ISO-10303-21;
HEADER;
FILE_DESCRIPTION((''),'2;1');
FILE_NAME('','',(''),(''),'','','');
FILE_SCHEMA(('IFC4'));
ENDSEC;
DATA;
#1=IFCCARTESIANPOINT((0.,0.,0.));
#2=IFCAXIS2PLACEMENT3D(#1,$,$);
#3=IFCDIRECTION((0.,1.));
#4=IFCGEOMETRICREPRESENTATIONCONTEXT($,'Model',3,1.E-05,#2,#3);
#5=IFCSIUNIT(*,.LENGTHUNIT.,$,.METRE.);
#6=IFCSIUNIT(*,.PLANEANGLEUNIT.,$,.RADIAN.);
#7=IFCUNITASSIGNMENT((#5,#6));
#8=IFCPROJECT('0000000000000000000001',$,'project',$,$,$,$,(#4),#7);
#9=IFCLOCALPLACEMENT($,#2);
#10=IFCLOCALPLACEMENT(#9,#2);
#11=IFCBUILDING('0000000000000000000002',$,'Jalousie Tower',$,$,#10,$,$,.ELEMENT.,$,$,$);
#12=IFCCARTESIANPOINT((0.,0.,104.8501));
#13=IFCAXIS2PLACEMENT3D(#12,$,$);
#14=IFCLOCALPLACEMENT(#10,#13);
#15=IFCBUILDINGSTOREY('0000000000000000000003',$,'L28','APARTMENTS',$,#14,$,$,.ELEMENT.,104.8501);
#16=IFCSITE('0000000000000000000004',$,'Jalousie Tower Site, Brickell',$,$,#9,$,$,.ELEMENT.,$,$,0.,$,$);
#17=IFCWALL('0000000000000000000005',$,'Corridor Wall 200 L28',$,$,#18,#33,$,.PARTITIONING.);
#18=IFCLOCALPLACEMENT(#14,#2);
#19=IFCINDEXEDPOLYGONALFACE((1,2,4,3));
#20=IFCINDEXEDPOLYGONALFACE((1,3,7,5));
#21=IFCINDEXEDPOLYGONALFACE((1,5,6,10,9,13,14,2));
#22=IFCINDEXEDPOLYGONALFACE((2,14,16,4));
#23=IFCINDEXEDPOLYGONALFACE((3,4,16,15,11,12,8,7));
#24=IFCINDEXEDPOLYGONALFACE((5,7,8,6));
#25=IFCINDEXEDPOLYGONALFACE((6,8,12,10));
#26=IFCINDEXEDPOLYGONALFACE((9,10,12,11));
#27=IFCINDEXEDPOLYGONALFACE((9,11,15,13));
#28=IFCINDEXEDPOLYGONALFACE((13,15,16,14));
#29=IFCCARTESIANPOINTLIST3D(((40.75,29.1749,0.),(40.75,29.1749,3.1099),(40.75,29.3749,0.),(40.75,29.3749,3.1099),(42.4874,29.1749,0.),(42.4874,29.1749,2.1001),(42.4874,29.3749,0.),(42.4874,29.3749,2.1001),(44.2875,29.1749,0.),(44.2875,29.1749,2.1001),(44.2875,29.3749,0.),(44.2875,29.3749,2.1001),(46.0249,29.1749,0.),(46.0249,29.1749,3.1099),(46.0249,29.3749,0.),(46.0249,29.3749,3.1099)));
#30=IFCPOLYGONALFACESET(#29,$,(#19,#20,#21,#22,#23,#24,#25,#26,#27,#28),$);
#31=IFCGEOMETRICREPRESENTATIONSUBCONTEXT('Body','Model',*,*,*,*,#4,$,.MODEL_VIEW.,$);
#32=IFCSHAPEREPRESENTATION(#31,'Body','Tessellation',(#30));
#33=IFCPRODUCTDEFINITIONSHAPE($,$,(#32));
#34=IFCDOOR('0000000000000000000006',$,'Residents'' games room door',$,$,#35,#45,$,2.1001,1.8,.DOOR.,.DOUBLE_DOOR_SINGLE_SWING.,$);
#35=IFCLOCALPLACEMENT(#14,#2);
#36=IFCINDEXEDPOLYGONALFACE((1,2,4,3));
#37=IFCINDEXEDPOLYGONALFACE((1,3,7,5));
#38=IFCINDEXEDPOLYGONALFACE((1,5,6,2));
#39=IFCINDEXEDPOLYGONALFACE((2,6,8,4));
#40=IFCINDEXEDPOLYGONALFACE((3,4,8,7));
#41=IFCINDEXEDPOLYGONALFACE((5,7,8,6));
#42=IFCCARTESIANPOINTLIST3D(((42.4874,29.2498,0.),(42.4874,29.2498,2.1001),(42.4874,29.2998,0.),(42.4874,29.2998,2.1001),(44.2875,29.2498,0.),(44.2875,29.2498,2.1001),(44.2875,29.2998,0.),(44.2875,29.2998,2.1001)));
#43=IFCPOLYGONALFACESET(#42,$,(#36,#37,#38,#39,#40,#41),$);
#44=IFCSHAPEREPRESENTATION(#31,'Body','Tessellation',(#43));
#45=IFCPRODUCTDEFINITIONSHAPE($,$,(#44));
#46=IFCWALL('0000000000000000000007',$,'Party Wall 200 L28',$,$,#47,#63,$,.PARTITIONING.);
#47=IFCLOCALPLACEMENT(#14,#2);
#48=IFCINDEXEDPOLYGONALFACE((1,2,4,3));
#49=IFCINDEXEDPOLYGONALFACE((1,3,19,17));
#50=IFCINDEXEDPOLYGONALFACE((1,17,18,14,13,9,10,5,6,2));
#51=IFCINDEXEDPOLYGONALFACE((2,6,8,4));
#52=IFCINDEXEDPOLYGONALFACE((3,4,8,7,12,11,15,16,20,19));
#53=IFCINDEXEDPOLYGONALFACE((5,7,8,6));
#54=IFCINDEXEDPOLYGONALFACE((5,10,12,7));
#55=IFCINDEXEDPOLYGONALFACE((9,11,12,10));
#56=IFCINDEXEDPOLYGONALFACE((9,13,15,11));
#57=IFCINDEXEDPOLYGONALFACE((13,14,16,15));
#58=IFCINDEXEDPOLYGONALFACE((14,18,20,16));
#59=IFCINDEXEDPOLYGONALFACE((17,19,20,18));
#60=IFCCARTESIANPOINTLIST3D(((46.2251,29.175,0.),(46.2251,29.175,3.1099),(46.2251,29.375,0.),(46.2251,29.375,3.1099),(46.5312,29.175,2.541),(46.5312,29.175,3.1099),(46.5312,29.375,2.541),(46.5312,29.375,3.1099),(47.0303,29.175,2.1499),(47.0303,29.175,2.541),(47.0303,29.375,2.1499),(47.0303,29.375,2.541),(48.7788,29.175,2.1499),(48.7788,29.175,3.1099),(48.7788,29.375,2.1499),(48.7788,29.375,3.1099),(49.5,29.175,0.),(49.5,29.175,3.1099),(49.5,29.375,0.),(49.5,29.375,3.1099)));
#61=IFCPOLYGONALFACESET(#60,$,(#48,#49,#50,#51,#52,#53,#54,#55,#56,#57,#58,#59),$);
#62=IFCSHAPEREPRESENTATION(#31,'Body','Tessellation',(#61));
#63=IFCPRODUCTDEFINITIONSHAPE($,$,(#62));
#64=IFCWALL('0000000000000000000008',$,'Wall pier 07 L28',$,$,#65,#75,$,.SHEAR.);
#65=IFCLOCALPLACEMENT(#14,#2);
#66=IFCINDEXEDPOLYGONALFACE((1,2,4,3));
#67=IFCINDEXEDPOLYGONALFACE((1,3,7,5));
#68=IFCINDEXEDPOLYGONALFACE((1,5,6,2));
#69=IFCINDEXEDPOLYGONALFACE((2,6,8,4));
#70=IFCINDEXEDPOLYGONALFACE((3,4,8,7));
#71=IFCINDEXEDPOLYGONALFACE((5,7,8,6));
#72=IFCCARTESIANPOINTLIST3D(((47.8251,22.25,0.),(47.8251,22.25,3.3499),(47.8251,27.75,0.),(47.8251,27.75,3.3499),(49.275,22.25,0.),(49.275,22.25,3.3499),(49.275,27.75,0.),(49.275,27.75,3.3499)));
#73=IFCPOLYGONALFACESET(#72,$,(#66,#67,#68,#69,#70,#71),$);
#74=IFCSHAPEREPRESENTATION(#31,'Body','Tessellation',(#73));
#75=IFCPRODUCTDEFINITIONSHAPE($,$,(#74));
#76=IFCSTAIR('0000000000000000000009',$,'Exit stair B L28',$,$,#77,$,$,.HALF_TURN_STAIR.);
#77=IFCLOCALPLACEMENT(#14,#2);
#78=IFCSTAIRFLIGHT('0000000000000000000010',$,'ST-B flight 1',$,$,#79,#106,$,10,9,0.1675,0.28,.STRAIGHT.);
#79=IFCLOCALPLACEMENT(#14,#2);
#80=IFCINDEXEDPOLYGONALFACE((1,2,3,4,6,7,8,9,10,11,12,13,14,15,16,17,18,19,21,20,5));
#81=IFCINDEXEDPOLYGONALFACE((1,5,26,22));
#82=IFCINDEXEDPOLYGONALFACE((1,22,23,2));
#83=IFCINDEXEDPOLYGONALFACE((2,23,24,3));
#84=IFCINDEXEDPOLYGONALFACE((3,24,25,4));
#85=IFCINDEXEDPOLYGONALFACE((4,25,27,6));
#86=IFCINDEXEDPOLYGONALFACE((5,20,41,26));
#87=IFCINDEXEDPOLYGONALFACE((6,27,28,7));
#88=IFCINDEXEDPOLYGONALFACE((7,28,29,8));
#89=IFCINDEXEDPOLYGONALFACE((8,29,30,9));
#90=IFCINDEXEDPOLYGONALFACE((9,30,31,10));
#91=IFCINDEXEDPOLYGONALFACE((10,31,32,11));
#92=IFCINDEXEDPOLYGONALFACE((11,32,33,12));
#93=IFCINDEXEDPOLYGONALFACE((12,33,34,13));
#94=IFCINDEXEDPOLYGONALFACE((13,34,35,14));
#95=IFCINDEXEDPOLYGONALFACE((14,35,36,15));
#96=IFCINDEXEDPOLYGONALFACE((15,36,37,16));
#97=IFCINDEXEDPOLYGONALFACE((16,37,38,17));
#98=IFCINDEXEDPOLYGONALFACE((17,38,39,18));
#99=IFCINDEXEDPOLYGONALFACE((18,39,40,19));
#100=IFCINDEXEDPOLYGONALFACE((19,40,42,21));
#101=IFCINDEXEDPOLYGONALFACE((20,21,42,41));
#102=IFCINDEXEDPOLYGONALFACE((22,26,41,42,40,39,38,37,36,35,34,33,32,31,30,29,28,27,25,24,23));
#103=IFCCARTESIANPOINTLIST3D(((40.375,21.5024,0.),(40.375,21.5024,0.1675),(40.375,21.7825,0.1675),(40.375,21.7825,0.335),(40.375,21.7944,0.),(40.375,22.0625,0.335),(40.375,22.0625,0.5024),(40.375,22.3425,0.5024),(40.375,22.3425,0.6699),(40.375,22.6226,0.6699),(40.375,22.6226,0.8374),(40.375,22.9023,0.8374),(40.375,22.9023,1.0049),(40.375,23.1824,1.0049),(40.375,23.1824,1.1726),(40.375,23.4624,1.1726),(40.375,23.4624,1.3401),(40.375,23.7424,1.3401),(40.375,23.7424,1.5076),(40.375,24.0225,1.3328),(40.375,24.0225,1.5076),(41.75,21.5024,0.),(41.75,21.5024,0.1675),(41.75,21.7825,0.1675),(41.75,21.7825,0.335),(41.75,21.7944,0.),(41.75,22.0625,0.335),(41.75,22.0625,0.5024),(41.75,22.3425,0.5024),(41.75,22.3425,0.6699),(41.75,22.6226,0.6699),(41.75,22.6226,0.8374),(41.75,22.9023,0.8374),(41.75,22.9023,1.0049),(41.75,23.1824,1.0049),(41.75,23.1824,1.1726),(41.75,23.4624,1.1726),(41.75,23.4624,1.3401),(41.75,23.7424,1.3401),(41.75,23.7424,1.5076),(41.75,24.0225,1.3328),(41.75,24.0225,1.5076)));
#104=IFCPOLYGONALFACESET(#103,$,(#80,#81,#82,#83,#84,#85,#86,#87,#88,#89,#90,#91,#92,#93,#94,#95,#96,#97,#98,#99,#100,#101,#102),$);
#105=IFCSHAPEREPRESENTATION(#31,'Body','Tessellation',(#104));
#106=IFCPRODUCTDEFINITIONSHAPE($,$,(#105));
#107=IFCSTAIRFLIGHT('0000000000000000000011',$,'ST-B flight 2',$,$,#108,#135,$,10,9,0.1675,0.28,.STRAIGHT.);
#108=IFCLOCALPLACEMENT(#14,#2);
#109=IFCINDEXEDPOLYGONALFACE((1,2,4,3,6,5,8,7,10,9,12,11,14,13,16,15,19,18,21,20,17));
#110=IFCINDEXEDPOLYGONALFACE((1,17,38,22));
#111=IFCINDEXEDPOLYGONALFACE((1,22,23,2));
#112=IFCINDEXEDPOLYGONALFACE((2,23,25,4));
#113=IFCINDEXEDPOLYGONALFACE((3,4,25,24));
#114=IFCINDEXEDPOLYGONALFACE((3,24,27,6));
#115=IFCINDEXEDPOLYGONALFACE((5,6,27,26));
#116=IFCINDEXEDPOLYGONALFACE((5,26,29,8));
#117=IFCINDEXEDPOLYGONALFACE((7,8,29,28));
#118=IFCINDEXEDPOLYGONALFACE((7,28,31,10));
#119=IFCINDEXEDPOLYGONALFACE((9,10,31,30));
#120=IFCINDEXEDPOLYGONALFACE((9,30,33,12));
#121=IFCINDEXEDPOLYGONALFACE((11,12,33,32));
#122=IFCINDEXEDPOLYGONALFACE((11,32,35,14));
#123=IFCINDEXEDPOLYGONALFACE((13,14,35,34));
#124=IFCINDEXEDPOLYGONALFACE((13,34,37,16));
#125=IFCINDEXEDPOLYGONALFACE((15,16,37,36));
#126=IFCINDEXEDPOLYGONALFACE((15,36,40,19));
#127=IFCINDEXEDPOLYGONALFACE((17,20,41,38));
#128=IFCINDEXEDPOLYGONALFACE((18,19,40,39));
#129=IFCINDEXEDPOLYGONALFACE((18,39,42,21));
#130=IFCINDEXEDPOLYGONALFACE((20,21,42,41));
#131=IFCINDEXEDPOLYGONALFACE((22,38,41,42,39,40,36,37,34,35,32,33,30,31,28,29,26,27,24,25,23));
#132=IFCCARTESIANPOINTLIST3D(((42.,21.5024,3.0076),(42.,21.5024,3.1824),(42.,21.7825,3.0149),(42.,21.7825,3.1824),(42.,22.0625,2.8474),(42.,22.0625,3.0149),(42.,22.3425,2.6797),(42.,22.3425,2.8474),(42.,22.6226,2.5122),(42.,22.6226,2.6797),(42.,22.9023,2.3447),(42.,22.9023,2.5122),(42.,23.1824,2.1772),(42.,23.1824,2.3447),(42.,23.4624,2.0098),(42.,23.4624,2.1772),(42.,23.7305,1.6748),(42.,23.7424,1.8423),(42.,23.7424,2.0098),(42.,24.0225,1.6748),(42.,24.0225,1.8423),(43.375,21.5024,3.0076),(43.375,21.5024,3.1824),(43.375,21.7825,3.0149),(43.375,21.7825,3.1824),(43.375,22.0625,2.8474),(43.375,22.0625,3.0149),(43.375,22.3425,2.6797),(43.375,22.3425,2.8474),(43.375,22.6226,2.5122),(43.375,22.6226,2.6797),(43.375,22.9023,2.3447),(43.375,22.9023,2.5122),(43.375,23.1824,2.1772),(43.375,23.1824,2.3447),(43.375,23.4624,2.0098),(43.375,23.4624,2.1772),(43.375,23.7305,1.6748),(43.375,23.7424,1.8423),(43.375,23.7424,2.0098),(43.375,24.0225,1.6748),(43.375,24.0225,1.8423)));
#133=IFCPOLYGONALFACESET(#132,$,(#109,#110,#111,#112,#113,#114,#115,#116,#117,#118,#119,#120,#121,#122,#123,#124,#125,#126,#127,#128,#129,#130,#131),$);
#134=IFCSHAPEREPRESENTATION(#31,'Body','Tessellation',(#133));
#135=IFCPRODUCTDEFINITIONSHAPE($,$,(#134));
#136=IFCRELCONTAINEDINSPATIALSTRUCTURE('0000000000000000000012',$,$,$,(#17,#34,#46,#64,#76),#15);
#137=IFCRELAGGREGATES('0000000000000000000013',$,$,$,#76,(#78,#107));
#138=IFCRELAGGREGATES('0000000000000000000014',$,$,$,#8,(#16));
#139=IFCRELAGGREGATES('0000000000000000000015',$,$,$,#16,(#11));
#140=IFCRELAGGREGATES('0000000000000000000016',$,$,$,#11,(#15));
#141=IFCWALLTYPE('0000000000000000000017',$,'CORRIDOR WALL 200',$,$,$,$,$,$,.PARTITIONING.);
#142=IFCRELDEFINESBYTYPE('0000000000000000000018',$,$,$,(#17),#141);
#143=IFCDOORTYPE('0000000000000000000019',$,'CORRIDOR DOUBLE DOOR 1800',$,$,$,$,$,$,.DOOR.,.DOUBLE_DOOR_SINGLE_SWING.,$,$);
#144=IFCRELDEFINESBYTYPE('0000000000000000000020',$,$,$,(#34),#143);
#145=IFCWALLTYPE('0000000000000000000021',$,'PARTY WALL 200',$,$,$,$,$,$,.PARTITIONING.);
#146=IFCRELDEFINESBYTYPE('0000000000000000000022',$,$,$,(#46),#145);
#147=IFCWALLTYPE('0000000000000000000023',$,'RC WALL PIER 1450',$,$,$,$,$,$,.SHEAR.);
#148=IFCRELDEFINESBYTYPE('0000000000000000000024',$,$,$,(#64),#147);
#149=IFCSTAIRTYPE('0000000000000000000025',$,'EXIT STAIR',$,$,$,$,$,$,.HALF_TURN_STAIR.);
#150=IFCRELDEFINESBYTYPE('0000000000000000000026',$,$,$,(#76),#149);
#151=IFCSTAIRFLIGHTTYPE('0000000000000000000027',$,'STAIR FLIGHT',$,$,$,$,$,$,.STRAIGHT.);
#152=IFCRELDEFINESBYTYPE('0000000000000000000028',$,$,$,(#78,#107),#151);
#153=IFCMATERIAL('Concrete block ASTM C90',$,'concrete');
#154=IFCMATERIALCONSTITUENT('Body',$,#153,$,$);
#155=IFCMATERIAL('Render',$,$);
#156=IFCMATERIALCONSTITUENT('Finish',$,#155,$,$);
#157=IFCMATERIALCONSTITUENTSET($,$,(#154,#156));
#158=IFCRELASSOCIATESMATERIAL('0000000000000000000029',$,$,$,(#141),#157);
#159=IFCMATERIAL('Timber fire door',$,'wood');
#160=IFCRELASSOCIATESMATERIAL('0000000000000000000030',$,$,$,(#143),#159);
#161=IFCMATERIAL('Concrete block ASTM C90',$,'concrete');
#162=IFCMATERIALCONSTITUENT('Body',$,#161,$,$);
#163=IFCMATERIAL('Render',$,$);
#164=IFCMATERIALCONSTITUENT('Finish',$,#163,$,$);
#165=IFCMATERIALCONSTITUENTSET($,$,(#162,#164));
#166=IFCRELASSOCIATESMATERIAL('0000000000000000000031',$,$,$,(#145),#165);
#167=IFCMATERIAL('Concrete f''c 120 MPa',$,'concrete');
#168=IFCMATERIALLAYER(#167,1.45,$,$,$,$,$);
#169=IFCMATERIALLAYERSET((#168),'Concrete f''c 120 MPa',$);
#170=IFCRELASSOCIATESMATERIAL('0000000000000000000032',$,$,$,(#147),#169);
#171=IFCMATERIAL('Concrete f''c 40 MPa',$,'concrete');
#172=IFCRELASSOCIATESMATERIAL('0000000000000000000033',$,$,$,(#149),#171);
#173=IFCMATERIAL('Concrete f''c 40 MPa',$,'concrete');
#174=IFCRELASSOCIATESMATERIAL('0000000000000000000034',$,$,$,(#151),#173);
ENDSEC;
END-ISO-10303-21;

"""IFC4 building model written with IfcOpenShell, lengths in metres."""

from ifc_helpers import new_model, si_unit, direction, frame, frame_2d, origin, place, context, subcontext, project, spatial, polyline, rectangle, outline, extrude, material, layer, layer_set, constituent, constituent_set, type_object, element, fill, aggregate, save


model = new_model("IFC4")

# Units and contexts
model_context = context("Model", 3, precision=1e-05, world=origin(), true_north=direction((0.0, 1.0)))
body_context = subcontext(model_context, "Body", "Model", "MODEL_VIEW")
ifc_project = project(units=[si_unit("LENGTHUNIT", "METRE"), si_unit("PLANEANGLEUNIT", "RADIAN")], contexts=[model_context])

# Site, building, storey
site_placement = place(None, origin())
site = spatial("IfcSite", under=ifc_project, at=site_placement, Name="Jalousie Tower Site, Brickell", CompositionType="ELEMENT", RefElevation=0.0)
building_placement = place(site_placement, origin())
building = spatial("IfcBuilding", under=site, at=building_placement, Name="Jalousie Tower", CompositionType="ELEMENT")
storey_placement = place(building_placement, frame((0.0, 0.0, 104.8501)))
storey = spatial("IfcBuildingStorey", under=building, at=storey_placement, Name="L28", Description="APARTMENTS", CompositionType="ELEMENT", Elevation=104.8501)

# Wall, opening, door
ifc_material_1 = material(Name="Concrete block ASTM C90", Category="concrete")
ifc_constituent_1 = constituent(ifc_material_1, Name="Body")
ifc_material_2 = material(Name="Render")
ifc_constituent_2 = constituent(ifc_material_2, Name="Finish")
ifc_constituent_set_1 = constituent_set(constituents=[ifc_constituent_1, ifc_constituent_2])
wall_type_1 = type_object("IfcWallType", Name="CORRIDOR WALL 200", PredefinedType="PARTITIONING", material=ifc_constituent_set_1)
wall_1_placement = place(storey_placement, frame((40.75, 29.2749, 0.0), z_axis=(0.0, 0.0, 1.0), x_axis=(1.0, 0.0, 0.0)))
wall_1 = element("IfcWall", 1, at=wall_1_placement, inside=storey, type_object=wall_type_1, Name="Corridor Wall 200 L28", PredefinedType="PARTITIONING", context=body_context, shape_type="SweptSolid", body=[
    extrude(rectangle(XDim=5.2749, YDim=0.2, at=frame_2d((2.6375, 0.0))), origin(), (0.0, 0.0, 1.0), 3.1099),
])
opening_1_placement = place(wall_1_placement, frame((1.7375, 0.0, 0.0)))
opening_1 = element("IfcOpeningElement", 2, at=opening_1_placement, cuts=wall_1, PredefinedType="OPENING", context=body_context, shape_type="SweptSolid", body=[
    extrude(rectangle(XDim=1.8, YDim=2.1001, at=frame_2d((0.8999, 1.05))), frame((0.0, 0.1099, 0.0), z_axis=(0.0, -1.0, 0.0), x_axis=(1.0, 0.0, 0.0)), (0.0, 0.0, 1.0), 0.22),
])
ifc_material_3 = material(Name="Timber fire door", Category="wood")
door_type_1 = type_object("IfcDoorType", Name="CORRIDOR DOUBLE DOOR 1800", OperationType="DOUBLE_DOOR_SINGLE_SWING", PredefinedType="DOOR", material=ifc_material_3)
door_1_placement = place(opening_1_placement, origin())
door_1 = element("IfcDoor", 3, at=door_1_placement, inside=storey, type_object=door_type_1, Name="Residents' games room door", OperationType="DOUBLE_DOOR_SINGLE_SWING", OverallHeight=2.1001, OverallWidth=1.8, PredefinedType="DOOR", context=body_context, shape_type="SweptSolid", body=[
    extrude(rectangle(XDim=1.8, YDim=2.1001, at=frame_2d((0.8999, 1.05))), frame((0.0, 0.0249, 0.0), z_axis=(0.0, -1.0, 0.0), x_axis=(1.0, 0.0, 0.0)), (0.0, 0.0, 1.0), 0.05),
])
fill(opening_1, door_1)

# Walls
ifc_material_4 = material(Name="Concrete block ASTM C90", Category="concrete")
ifc_constituent_3 = constituent(ifc_material_4, Name="Body")
ifc_material_5 = material(Name="Render")
ifc_constituent_4 = constituent(ifc_material_5, Name="Finish")
ifc_constituent_set_2 = constituent_set(constituents=[ifc_constituent_3, ifc_constituent_4])
wall_type_2 = type_object("IfcWallType", Name="PARTY WALL 200", PredefinedType="PARTITIONING", material=ifc_constituent_set_2)
wall_2_placement = place(storey_placement, frame((46.2251, 29.2749, 0.0), z_axis=(0.0, 0.0, 1.0), x_axis=(1.0, 0.0, 0.0)))
element("IfcWall", 4, at=wall_2_placement, inside=storey, type_object=wall_type_2, Name="Party Wall 200 L28", PredefinedType="PARTITIONING", context=body_context, shape_type="SweptSolid", body=[
    extrude(outline(polyline([(0.0, 0.0), (3.2749, 0.0), (3.2749, 3.1099), (2.5537, 3.1099), (2.5537, 2.1499), (0.8052, 2.1499), (0.8052, 2.541), (0.3062, 2.541), (0.3062, 3.1099), (0.0, 3.1099), (0.0, 0.0)])), frame((0.0, 0.1001, 0.0), z_axis=(0.0, -1.0, 0.0), x_axis=(1.0, 0.0, 0.0)), (0.0, 0.0, 1.0), 0.2),
])
ifc_material_6 = material(Name="Concrete f'c 120 MPa", Category="concrete")
ifc_layer_1 = layer(ifc_material_6, 1.45)
ifc_layer_set_1 = layer_set([ifc_layer_1], Name="Concrete f'c 120 MPa")
wall_type_3 = type_object("IfcWallType", Name="RC WALL PIER 1450", PredefinedType="SHEAR", material=ifc_layer_set_1)
wall_3_placement = place(storey_placement, frame((48.55, 22.25, 0.0), z_axis=(0.0, 0.0, 1.0), x_axis=(0.0, 1.0, 0.0)))
element("IfcWall", 5, at=wall_3_placement, inside=storey, type_object=wall_type_3, Name="Wall pier 07 L28", PredefinedType="SHEAR", context=body_context, shape_type="SweptSolid", body=[
    extrude(rectangle(XDim=5.5, YDim=1.45, at=frame_2d((2.75, 0.0))), origin(), (0.0, 0.0, 1.0), 3.3499),
])

# Stair, stair flights
ifc_material_7 = material(Name="Concrete f'c 40 MPa", Category="concrete")
stair_type = type_object("IfcStairType", Name="EXIT STAIR", PredefinedType="HALF_TURN_STAIR", material=ifc_material_7)
stair_placement = place(storey_placement, origin())
stair = element("IfcStair", 6, at=stair_placement, inside=storey, type_object=stair_type, Name="Exit stair B L28", PredefinedType="HALF_TURN_STAIR")
ifc_material_8 = material(Name="Concrete f'c 40 MPa", Category="concrete")
stair_flight_type = type_object("IfcStairFlightType", Name="STAIR FLIGHT", PredefinedType="STRAIGHT", material=ifc_material_8)
stair_flight_1_placement = place(storey_placement, frame((41.0625, 21.5024, 0.0), z_axis=(0.0, 0.0, 1.0), x_axis=(0.0, 1.0, 0.0)))
stair_flight_1 = element("IfcStairFlight", 7, at=stair_flight_1_placement, type_object=stair_flight_type, Name="ST-B flight 1", NumberOfRisers=10, NumberOfTreads=9, PredefinedType="STRAIGHT", RiserHeight=0.1675, TreadLength=0.28, context=body_context, shape_type="SweptSolid", body=[
    extrude(outline(polyline([(0.0, 0.0), (0.0, 0.1675), (0.28, 0.1675), (0.28, 0.335), (0.5601, 0.335), (0.5601, 0.5024), (0.8401, 0.5024), (0.8401, 0.6699), (1.1201, 0.6699), (1.1201, 0.8374), (1.3999, 0.8374), (1.3999, 1.0049), (1.6799, 1.0049), (1.6799, 1.1726), (1.96, 1.1726), (1.96, 1.3401), (2.24, 1.3401), (2.24, 1.5076), (2.52, 1.5076), (2.52, 1.675), (2.52, 1.3328), (0.292, 0.0), (0.0, 0.0)])), frame((0.0, 0.6875, 0.0), z_axis=(0.0, -1.0, 0.0), x_axis=(1.0, 0.0, 0.0)), (0.0, 0.0, 1.0), 1.375),
])
stair_flight_2_placement = place(storey_placement, frame((42.6875, 24.0225, 1.6748), z_axis=(0.0, 0.0, 1.0), x_axis=(0.0, -1.0, 0.0)))
stair_flight_2 = element("IfcStairFlight", 8, at=stair_flight_2_placement, type_object=stair_flight_type, Name="ST-B flight 2", NumberOfRisers=10, NumberOfTreads=9, PredefinedType="STRAIGHT", RiserHeight=0.1675, TreadLength=0.28, context=body_context, shape_type="SweptSolid", body=[
    extrude(outline(polyline([(0.0, 0.0), (0.0, 0.1675), (0.28, 0.1675), (0.28, 0.335), (0.5601, 0.335), (0.5601, 0.5024), (0.8401, 0.5024), (0.8401, 0.6699), (1.1201, 0.6699), (1.1201, 0.8374), (1.3999, 0.8374), (1.3999, 1.0049), (1.6799, 1.0049), (1.6799, 1.1726), (1.96, 1.1726), (1.96, 1.3401), (2.24, 1.3401), (2.24, 1.5076), (2.52, 1.5076), (2.52, 1.675), (2.52, 1.3328), (0.292, 0.0), (0.0, 0.0)])), frame((0.0, 0.6875, 0.0), z_axis=(0.0, -1.0, 0.0), x_axis=(1.0, 0.0, 0.0)), (0.0, 0.0, 1.0), 1.375),
])
aggregate(stair, [stair_flight_1, stair_flight_2])

save(model, "model.ifc")
